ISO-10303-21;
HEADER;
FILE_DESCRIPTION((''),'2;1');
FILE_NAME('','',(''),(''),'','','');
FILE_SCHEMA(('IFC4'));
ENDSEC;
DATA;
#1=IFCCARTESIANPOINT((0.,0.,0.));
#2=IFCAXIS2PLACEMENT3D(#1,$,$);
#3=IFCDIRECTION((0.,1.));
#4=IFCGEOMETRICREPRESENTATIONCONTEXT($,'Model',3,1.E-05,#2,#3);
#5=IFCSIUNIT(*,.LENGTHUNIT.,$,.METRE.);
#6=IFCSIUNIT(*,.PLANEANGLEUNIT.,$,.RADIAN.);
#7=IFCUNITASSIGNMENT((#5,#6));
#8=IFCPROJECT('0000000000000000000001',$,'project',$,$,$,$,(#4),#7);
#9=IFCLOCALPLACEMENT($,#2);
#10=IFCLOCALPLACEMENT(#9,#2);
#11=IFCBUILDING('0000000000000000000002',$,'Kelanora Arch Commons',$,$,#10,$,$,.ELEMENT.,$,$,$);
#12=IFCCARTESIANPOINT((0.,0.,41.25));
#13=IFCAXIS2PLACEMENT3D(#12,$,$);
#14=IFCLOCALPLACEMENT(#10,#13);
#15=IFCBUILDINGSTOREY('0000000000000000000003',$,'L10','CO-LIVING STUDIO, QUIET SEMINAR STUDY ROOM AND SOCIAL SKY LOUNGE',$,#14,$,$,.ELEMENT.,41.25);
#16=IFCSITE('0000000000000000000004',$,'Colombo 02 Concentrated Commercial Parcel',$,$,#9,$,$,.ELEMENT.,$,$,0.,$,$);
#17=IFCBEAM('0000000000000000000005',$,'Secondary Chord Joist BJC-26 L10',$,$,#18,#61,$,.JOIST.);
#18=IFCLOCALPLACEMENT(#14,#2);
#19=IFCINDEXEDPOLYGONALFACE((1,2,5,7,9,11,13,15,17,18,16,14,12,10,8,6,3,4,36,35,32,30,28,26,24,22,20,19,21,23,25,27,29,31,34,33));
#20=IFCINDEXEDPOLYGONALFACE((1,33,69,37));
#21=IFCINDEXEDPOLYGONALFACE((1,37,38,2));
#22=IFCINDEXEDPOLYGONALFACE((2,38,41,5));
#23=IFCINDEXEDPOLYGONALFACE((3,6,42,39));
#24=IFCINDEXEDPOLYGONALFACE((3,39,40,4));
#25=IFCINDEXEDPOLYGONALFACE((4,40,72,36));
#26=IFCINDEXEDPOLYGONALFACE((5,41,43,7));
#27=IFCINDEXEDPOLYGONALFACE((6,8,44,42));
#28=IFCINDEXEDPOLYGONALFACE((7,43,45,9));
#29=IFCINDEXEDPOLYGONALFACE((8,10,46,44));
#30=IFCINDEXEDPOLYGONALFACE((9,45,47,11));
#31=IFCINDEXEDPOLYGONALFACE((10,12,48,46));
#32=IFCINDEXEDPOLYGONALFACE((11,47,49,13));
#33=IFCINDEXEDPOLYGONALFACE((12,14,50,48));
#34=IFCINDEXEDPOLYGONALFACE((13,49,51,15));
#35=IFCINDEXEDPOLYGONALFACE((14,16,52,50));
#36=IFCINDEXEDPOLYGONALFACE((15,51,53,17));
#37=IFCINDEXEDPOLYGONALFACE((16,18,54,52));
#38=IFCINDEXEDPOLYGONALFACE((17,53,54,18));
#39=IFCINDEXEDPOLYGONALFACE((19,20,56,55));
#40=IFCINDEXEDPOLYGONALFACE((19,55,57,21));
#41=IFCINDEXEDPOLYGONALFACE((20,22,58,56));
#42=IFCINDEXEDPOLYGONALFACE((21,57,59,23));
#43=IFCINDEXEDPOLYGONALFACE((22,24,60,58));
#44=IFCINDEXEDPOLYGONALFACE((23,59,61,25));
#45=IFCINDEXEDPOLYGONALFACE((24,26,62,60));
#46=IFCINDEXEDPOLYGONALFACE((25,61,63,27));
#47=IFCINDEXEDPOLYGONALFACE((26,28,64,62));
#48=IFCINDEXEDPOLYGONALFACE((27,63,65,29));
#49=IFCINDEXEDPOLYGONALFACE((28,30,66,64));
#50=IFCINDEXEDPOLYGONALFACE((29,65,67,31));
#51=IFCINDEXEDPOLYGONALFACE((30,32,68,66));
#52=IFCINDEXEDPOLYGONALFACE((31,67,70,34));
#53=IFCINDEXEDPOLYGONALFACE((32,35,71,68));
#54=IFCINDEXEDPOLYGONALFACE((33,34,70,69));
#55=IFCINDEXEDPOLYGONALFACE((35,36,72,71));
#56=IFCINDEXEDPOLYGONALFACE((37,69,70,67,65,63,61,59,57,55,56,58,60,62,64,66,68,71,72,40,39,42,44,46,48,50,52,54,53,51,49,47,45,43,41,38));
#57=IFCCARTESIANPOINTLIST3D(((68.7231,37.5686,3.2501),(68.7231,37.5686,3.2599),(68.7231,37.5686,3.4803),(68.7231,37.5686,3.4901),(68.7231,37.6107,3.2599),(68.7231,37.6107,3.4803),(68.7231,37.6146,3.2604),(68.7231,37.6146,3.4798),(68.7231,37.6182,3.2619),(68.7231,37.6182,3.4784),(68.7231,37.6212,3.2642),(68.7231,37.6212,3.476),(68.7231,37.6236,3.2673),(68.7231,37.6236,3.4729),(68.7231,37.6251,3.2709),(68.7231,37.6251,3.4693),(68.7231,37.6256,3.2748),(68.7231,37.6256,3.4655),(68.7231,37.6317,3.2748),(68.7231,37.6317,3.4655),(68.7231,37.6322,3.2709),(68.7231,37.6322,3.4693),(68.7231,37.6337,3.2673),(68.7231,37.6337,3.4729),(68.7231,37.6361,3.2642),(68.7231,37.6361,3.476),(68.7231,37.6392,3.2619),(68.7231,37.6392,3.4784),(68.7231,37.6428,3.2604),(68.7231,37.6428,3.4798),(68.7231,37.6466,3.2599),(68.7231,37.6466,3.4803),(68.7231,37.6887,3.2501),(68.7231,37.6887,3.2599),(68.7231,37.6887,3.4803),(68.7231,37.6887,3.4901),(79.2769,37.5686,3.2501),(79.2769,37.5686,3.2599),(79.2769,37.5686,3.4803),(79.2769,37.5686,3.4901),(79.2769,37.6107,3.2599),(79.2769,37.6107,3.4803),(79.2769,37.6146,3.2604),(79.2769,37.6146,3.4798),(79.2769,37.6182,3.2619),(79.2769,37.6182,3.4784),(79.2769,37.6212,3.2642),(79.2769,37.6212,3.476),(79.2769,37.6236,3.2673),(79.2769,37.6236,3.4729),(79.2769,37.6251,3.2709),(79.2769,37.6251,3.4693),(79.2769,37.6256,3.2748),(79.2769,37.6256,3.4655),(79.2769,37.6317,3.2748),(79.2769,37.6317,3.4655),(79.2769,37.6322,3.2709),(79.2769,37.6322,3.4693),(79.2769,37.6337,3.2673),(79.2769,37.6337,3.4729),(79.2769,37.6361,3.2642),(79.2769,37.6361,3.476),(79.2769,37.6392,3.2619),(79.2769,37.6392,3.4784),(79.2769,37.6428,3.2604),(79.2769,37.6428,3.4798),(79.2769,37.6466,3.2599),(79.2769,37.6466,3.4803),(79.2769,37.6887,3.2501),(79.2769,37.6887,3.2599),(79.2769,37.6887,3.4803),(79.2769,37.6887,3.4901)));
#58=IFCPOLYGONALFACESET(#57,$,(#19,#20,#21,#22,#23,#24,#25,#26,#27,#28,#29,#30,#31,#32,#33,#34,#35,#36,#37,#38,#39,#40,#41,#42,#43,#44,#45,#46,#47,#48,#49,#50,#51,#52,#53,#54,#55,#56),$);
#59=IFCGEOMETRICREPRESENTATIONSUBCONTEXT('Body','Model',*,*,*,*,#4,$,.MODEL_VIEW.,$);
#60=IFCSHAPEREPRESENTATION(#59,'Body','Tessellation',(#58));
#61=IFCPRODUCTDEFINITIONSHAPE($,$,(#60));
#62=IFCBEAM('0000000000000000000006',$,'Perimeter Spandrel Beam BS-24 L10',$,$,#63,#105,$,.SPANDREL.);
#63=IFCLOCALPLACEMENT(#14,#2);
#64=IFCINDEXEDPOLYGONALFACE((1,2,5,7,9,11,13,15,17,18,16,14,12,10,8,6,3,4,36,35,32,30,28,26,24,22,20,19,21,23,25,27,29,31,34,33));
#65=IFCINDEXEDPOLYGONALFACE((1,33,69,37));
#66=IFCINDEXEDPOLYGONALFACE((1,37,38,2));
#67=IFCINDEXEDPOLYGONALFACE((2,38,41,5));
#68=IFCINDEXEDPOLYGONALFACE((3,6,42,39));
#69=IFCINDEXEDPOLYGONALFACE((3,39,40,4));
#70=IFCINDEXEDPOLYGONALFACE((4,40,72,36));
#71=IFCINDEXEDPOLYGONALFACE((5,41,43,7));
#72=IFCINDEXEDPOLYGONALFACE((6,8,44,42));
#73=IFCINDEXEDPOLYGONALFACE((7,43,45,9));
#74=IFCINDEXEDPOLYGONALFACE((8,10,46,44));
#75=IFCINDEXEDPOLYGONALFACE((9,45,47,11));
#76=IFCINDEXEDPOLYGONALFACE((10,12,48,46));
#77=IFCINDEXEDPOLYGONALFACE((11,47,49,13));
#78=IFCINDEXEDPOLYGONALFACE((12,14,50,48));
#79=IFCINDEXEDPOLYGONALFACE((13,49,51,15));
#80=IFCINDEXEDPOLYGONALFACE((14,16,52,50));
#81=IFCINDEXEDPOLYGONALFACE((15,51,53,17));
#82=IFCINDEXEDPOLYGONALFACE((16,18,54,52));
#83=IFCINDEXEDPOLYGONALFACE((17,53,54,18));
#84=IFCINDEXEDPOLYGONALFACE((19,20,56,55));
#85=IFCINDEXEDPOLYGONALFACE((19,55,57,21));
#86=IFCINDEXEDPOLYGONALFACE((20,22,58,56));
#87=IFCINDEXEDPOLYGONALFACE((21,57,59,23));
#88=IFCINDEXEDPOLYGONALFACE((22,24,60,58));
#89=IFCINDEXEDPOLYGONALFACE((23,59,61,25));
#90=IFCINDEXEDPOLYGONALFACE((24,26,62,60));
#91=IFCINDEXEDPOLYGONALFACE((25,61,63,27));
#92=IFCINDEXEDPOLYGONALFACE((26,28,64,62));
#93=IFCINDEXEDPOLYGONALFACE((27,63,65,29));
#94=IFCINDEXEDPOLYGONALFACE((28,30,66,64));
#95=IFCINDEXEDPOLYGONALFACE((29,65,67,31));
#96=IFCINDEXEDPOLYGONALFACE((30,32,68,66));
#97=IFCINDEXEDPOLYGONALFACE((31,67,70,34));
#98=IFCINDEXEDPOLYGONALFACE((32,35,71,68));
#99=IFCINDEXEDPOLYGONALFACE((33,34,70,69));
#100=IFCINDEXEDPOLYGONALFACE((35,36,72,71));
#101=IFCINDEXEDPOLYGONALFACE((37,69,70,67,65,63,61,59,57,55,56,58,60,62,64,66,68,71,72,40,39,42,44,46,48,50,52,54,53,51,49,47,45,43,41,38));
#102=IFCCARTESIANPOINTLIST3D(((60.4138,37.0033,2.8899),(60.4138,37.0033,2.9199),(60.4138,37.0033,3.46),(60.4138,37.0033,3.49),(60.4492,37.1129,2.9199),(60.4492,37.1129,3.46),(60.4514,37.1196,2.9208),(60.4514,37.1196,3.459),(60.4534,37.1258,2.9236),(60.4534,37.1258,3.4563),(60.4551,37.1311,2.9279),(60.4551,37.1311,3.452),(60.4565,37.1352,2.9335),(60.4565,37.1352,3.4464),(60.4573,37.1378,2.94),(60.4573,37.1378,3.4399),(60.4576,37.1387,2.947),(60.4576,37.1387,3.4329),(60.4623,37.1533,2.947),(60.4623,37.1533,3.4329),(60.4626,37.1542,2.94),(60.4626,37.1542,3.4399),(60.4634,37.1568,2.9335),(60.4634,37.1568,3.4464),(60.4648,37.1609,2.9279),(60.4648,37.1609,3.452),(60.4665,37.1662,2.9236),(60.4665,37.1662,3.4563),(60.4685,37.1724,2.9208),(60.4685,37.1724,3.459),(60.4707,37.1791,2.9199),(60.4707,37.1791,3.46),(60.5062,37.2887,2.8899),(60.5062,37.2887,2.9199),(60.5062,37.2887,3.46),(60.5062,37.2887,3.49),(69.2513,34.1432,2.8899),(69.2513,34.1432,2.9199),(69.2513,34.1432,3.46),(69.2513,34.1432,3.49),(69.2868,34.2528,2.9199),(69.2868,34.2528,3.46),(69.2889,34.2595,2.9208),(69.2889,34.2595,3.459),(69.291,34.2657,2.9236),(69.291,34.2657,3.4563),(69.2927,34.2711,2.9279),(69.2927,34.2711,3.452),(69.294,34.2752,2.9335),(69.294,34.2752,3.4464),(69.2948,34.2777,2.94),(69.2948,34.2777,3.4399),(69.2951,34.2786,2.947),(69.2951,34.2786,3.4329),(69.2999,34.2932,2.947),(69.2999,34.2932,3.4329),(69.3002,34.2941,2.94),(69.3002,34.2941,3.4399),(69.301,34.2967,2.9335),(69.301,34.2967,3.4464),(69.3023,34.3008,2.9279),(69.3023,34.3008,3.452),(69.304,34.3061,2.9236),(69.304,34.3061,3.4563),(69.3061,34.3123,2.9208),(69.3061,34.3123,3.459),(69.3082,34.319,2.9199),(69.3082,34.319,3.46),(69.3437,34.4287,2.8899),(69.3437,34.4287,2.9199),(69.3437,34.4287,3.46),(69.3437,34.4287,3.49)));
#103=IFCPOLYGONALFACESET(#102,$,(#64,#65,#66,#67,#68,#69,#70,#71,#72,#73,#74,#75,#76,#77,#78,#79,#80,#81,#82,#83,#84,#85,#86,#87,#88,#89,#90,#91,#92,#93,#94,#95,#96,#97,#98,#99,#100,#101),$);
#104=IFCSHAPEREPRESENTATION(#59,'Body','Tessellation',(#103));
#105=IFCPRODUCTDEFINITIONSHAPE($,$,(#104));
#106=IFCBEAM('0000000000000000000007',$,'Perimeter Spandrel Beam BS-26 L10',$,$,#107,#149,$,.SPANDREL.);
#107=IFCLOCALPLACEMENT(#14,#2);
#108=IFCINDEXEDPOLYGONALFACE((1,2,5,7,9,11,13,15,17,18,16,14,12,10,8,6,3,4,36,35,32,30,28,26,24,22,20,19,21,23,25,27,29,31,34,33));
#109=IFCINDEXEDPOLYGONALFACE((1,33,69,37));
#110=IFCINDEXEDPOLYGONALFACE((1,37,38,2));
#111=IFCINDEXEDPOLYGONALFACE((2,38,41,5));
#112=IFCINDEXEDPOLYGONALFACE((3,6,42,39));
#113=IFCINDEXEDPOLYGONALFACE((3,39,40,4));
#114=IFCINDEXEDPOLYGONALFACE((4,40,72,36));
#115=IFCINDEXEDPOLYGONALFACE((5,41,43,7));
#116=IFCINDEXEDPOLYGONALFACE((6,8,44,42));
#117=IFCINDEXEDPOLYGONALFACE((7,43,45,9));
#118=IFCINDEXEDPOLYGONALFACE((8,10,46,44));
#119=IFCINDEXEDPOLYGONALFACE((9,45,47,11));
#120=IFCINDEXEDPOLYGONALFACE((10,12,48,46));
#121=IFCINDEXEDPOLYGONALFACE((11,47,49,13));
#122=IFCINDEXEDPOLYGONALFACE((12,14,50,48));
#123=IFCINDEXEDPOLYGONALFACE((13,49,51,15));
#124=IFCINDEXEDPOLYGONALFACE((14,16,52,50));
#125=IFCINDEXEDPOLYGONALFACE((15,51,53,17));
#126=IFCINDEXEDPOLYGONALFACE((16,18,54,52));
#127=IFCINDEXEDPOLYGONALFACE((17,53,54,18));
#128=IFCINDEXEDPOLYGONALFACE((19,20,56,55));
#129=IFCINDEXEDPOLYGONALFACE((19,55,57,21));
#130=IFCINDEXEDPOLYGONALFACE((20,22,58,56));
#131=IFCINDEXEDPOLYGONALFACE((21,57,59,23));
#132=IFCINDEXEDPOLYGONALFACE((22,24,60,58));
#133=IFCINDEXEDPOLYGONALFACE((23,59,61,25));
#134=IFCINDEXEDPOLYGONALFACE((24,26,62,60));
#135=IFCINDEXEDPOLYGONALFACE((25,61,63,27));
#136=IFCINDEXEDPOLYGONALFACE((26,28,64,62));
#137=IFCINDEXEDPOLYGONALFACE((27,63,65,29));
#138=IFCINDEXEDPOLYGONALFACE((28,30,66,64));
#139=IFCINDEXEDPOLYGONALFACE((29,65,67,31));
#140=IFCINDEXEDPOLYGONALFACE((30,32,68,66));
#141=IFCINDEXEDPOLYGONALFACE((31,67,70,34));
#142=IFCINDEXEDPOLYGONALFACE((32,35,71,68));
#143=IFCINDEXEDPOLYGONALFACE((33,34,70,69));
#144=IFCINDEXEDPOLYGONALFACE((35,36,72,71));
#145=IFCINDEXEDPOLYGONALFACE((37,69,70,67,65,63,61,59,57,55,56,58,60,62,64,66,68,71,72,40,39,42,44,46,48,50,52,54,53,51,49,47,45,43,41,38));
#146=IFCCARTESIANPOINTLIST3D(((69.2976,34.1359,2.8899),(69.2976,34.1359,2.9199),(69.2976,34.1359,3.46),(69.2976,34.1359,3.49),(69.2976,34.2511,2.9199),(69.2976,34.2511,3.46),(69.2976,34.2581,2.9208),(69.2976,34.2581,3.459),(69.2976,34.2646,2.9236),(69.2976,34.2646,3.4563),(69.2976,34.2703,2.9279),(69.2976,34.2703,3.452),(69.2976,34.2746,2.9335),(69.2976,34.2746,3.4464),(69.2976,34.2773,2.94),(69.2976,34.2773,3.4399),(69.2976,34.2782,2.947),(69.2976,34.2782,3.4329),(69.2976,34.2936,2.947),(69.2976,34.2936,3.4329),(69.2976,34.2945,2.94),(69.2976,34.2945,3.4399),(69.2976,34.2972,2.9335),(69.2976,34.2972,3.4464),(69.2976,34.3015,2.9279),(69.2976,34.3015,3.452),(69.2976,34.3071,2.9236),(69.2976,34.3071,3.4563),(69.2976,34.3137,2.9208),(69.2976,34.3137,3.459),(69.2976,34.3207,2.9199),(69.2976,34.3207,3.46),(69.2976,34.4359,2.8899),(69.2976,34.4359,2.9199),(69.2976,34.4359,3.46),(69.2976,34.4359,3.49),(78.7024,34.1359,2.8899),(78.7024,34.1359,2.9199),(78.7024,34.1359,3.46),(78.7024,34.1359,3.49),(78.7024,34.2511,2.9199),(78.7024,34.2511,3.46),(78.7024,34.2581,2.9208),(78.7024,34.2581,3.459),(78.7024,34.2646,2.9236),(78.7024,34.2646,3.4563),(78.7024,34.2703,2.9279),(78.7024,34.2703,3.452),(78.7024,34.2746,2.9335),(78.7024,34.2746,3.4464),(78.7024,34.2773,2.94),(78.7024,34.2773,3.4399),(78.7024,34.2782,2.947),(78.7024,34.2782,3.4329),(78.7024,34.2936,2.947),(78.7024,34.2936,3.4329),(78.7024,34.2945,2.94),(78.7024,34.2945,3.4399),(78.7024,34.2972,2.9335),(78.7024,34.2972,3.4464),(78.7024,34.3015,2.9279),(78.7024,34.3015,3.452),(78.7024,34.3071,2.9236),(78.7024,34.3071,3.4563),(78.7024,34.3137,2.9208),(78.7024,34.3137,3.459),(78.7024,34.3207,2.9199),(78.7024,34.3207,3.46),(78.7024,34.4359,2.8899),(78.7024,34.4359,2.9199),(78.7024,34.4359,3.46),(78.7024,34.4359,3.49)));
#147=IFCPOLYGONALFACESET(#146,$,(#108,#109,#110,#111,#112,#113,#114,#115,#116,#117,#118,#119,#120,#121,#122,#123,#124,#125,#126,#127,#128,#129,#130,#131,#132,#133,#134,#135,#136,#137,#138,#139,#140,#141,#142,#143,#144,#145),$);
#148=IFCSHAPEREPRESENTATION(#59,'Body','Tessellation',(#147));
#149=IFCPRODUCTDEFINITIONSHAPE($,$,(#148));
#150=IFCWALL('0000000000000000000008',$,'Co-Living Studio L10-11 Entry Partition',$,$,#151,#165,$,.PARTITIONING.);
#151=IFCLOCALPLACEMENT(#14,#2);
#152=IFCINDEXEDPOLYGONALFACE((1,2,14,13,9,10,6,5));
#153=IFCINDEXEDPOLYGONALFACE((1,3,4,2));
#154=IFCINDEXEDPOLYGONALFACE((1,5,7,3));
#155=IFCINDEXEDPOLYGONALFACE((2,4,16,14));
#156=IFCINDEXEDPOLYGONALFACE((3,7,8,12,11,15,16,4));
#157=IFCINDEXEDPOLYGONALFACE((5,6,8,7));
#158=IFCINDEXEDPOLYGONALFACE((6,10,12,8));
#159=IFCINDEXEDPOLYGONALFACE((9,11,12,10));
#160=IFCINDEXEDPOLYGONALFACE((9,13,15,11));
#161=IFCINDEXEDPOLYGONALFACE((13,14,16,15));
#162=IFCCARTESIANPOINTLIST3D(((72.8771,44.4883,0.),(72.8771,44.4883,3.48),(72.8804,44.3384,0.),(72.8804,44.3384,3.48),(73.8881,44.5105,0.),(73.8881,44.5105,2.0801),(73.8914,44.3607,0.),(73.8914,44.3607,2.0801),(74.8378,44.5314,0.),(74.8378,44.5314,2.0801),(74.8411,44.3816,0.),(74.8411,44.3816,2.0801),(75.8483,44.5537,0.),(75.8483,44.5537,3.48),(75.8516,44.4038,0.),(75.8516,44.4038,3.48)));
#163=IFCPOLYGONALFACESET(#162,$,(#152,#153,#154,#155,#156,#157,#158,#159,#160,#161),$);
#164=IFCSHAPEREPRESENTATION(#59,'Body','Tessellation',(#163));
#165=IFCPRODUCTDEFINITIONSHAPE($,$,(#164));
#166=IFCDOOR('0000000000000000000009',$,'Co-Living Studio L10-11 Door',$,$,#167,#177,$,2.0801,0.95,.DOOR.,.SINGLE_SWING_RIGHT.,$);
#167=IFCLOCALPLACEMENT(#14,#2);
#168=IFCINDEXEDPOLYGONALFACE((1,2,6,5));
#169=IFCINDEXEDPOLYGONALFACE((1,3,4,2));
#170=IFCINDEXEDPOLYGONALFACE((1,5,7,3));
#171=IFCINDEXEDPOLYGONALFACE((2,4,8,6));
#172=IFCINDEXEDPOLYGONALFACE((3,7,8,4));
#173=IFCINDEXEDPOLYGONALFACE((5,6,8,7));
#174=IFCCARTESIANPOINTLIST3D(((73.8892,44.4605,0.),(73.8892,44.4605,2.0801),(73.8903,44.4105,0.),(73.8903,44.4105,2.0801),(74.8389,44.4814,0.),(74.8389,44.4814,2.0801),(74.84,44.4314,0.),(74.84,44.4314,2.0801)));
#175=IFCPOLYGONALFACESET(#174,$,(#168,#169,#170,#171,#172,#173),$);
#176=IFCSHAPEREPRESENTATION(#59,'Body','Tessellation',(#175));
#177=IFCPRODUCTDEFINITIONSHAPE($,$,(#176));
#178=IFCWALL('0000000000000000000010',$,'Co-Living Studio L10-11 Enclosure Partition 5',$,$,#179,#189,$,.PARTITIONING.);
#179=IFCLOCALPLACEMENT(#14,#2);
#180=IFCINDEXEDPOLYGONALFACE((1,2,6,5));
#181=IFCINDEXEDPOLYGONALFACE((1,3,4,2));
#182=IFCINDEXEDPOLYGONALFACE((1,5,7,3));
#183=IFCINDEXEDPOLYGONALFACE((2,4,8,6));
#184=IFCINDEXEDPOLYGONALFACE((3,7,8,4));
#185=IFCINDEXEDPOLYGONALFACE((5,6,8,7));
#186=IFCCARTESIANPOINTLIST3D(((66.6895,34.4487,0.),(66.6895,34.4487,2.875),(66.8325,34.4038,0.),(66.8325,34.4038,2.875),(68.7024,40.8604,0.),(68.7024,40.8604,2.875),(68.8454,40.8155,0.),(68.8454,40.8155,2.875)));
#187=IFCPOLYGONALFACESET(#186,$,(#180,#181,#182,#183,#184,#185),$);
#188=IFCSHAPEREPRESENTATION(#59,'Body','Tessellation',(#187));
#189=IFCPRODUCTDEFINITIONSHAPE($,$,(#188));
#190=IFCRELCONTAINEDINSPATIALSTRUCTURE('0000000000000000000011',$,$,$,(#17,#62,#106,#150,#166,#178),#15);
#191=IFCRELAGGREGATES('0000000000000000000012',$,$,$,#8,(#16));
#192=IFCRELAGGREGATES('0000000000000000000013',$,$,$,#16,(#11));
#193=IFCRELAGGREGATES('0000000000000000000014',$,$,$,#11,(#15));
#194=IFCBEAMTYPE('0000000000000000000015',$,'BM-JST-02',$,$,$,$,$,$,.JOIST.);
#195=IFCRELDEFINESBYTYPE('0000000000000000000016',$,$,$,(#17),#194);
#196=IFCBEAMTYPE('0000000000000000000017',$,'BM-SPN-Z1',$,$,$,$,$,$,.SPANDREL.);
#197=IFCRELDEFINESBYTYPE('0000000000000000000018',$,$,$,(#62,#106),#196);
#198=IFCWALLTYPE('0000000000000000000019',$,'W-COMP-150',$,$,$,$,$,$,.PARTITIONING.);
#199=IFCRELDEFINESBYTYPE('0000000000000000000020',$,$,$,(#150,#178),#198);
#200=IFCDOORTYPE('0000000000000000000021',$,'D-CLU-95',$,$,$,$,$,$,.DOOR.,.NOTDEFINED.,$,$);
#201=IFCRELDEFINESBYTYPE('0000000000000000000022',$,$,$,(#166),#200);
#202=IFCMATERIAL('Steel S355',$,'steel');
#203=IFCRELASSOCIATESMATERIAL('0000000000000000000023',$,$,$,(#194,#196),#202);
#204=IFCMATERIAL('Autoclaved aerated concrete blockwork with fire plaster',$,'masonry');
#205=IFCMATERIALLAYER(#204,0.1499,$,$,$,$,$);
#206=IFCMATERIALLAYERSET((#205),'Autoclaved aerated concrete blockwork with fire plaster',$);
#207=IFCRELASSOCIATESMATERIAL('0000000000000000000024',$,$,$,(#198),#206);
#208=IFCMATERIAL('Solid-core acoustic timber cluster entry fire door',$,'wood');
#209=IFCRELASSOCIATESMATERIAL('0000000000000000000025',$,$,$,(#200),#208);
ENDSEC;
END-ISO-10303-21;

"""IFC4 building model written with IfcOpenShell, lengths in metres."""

from ifc_helpers import new_model, si_unit, direction, frame, frame_2d, origin, origin_2d, place, context, subcontext, project, spatial, rectangle, i_section, extrude, material, layer, layer_set, material_profile, profile_set, type_object, element, fill, save


model = new_model("IFC4")

# Units and contexts
model_context = context("Model", 3, precision=1e-05, world=origin(), true_north=direction((0.0, 1.0)))
body_context = subcontext(model_context, "Body", "Model", "MODEL_VIEW")
ifc_project = project(units=[si_unit("LENGTHUNIT", "METRE"), si_unit("PLANEANGLEUNIT", "RADIAN")], contexts=[model_context])

# Site, building, storey
site_placement = place(None, origin())
site = spatial("IfcSite", under=ifc_project, at=site_placement, Name="Colombo 02 Concentrated Commercial Parcel", CompositionType="ELEMENT", RefElevation=0.0)
building_placement = place(site_placement, origin())
building = spatial("IfcBuilding", under=site, at=building_placement, Name="Kelanora Arch Commons", CompositionType="ELEMENT")
storey_placement = place(building_placement, frame((0.0, 0.0, 41.25)))
storey = spatial("IfcBuildingStorey", under=building, at=storey_placement, Name="L10", Description="CO-LIVING STUDIO, QUIET SEMINAR STUDY ROOM AND SOCIAL SKY LOUNGE", CompositionType="ELEMENT", Elevation=41.25)

# Beams
ifc_material_1 = material(Name="Steel S355", Category="steel")
ifc_material_profile_1 = material_profile(ifc_material_1, i_section(OverallWidth=0.1201, OverallDepth=0.24, WebThickness=0.0061, FlangeThickness=0.0098, FilletRadius=0.0149, at=origin_2d()), Name="IPE240")
ifc_profile_set_1 = profile_set([ifc_material_profile_1], Name="Steel S355")
beam_type_1 = type_object("IfcBeamType", Name="BM-JST-02", PredefinedType="JOIST", material=ifc_profile_set_1)
beam_1_placement = place(storey_placement, frame((68.7231, 37.6287, 3.3701), z_axis=(1.0, 0.0, 0.0), x_axis=(0.0, 1.0, 0.0)))
element("IfcBeam", 1, at=beam_1_placement, inside=storey, type_object=beam_type_1, Name="Secondary Chord Joist BJC-26 L10", PredefinedType="JOIST", context=body_context, shape_type="SweptSolid", body=[
    extrude(i_section(OverallWidth=0.1201, OverallDepth=0.24, WebThickness=0.0061, FlangeThickness=0.0098, FilletRadius=0.0149, at=origin_2d()), origin(), (0.0, 0.0, 1.0), 10.5537),
])
ifc_material_profile_2 = material_profile(ifc_material_1, i_section(OverallWidth=0.3, OverallDepth=0.6001, WebThickness=0.0154, FlangeThickness=0.03, FilletRadius=0.0271, at=origin_2d()), Name="HEB600")
ifc_profile_set_2 = profile_set([ifc_material_profile_2], Name="Steel S355")
beam_type_2 = type_object("IfcBeamType", Name="BM-SPN-Z1", PredefinedType="SPANDREL", material=ifc_profile_set_2)
beam_2_placement = place(storey_placement, frame((60.46, 37.146, 3.1899), z_axis=(0.951417, -0.307905, 0.0), x_axis=(0.307905, 0.951417, 0.0)))
element("IfcBeam", 2, at=beam_2_placement, inside=storey, type_object=beam_type_2, Name="Perimeter Spandrel Beam BS-24 L10", PredefinedType="SPANDREL", context=body_context, shape_type="SweptSolid", body=[
    extrude(i_section(OverallWidth=0.3, OverallDepth=0.6001, WebThickness=0.0154, FlangeThickness=0.03, FilletRadius=0.0271, at=origin_2d()), origin(), (0.0, 0.0, 1.0), 9.2888),
])
beam_3_placement = place(storey_placement, frame((69.2976, 34.2859, 3.1899), z_axis=(1.0, 0.0, 0.0), x_axis=(0.0, 1.0, 0.0)))
element("IfcBeam", 3, at=beam_3_placement, inside=storey, type_object=beam_type_2, Name="Perimeter Spandrel Beam BS-26 L10", PredefinedType="SPANDREL", context=body_context, shape_type="SweptSolid", body=[
    extrude(i_section(OverallWidth=0.3, OverallDepth=0.6001, WebThickness=0.0154, FlangeThickness=0.03, FilletRadius=0.0271, at=origin_2d()), origin(), (0.0, 0.0, 1.0), 9.4048),
])

# Wall, opening, door
ifc_material_2 = material(Name="Autoclaved aerated concrete blockwork with fire plaster", Category="masonry")
ifc_layer_1 = layer(ifc_material_2, 0.1499)
ifc_layer_set_1 = layer_set([ifc_layer_1], Name="Autoclaved aerated concrete blockwork with fire plaster")
wall_type_1 = type_object("IfcWallType", Name="W-COMP-150", PredefinedType="PARTITIONING", material=ifc_layer_set_1)
wall_1_placement = place(storey_placement, frame((72.8789, 44.4133, 0.0), z_axis=(0.0, 0.0, 1.0), x_axis=(0.999758, 0.022016, 0.0)))
wall_1 = element("IfcWall", 4, at=wall_1_placement, inside=storey, type_object=wall_type_1, Name="Co-Living Studio L10-11 Entry Partition", PredefinedType="PARTITIONING", context=body_context, shape_type="SweptSolid", body=[
    extrude(rectangle(XDim=2.9719, YDim=0.1499, at=frame_2d((1.4858, 0.0))), origin(), (0.0, 0.0, 1.0), 3.48),
])
opening_1_placement = place(wall_1_placement, frame((1.011, 0.0, 0.0)))
opening_1 = element("IfcOpeningElement", 5, at=opening_1_placement, cuts=wall_1, PredefinedType="OPENING", context=body_context, shape_type="SweptSolid", body=[
    extrude(rectangle(XDim=0.95, YDim=2.0801, at=frame_2d((0.4751, 1.04))), frame((0.0, 0.085, 0.0), z_axis=(0.0, -1.0, 0.0), x_axis=(1.0, 0.0, 0.0)), (0.0, 0.0, 1.0), 0.1699),
])
ifc_material_3 = material(Name="Solid-core acoustic timber cluster entry fire door", Category="wood")
door_type_1 = type_object("IfcDoorType", Name="D-CLU-95", OperationType="NOTDEFINED", PredefinedType="DOOR", material=ifc_material_3)
door_1_placement = place(opening_1_placement, origin())
door_1 = element("IfcDoor", 6, at=door_1_placement, inside=storey, type_object=door_type_1, Name="Co-Living Studio L10-11 Door", OperationType="SINGLE_SWING_RIGHT", OverallHeight=2.0801, OverallWidth=0.95, PredefinedType="DOOR", context=body_context, shape_type="SweptSolid", body=[
    extrude(rectangle(XDim=0.95, YDim=2.0801, at=frame_2d((0.4751, 1.04))), frame((0.0, 0.0249, 0.0), z_axis=(0.0, -1.0, 0.0), x_axis=(1.0, 0.0, 0.0)), (0.0, 0.0, 1.0), 0.05),
])
fill(opening_1, door_1)

# Wall
wall_2_placement = place(storey_placement, frame((66.761, 34.4263, 0.0), z_axis=(0.0, 0.0, 1.0), x_axis=(0.299537, 0.954085, 0.0)))
element("IfcWall", 7, at=wall_2_placement, inside=storey, type_object=wall_type_1, Name="Co-Living Studio L10-11 Enclosure Partition 5", PredefinedType="PARTITIONING", context=body_context, shape_type="SweptSolid", body=[
    extrude(rectangle(XDim=6.7202, YDim=0.1499, at=frame_2d((3.3601, 0.0))), origin(), (0.0, 0.0, 1.0), 2.875),
])

save(model, "model.ifc")
